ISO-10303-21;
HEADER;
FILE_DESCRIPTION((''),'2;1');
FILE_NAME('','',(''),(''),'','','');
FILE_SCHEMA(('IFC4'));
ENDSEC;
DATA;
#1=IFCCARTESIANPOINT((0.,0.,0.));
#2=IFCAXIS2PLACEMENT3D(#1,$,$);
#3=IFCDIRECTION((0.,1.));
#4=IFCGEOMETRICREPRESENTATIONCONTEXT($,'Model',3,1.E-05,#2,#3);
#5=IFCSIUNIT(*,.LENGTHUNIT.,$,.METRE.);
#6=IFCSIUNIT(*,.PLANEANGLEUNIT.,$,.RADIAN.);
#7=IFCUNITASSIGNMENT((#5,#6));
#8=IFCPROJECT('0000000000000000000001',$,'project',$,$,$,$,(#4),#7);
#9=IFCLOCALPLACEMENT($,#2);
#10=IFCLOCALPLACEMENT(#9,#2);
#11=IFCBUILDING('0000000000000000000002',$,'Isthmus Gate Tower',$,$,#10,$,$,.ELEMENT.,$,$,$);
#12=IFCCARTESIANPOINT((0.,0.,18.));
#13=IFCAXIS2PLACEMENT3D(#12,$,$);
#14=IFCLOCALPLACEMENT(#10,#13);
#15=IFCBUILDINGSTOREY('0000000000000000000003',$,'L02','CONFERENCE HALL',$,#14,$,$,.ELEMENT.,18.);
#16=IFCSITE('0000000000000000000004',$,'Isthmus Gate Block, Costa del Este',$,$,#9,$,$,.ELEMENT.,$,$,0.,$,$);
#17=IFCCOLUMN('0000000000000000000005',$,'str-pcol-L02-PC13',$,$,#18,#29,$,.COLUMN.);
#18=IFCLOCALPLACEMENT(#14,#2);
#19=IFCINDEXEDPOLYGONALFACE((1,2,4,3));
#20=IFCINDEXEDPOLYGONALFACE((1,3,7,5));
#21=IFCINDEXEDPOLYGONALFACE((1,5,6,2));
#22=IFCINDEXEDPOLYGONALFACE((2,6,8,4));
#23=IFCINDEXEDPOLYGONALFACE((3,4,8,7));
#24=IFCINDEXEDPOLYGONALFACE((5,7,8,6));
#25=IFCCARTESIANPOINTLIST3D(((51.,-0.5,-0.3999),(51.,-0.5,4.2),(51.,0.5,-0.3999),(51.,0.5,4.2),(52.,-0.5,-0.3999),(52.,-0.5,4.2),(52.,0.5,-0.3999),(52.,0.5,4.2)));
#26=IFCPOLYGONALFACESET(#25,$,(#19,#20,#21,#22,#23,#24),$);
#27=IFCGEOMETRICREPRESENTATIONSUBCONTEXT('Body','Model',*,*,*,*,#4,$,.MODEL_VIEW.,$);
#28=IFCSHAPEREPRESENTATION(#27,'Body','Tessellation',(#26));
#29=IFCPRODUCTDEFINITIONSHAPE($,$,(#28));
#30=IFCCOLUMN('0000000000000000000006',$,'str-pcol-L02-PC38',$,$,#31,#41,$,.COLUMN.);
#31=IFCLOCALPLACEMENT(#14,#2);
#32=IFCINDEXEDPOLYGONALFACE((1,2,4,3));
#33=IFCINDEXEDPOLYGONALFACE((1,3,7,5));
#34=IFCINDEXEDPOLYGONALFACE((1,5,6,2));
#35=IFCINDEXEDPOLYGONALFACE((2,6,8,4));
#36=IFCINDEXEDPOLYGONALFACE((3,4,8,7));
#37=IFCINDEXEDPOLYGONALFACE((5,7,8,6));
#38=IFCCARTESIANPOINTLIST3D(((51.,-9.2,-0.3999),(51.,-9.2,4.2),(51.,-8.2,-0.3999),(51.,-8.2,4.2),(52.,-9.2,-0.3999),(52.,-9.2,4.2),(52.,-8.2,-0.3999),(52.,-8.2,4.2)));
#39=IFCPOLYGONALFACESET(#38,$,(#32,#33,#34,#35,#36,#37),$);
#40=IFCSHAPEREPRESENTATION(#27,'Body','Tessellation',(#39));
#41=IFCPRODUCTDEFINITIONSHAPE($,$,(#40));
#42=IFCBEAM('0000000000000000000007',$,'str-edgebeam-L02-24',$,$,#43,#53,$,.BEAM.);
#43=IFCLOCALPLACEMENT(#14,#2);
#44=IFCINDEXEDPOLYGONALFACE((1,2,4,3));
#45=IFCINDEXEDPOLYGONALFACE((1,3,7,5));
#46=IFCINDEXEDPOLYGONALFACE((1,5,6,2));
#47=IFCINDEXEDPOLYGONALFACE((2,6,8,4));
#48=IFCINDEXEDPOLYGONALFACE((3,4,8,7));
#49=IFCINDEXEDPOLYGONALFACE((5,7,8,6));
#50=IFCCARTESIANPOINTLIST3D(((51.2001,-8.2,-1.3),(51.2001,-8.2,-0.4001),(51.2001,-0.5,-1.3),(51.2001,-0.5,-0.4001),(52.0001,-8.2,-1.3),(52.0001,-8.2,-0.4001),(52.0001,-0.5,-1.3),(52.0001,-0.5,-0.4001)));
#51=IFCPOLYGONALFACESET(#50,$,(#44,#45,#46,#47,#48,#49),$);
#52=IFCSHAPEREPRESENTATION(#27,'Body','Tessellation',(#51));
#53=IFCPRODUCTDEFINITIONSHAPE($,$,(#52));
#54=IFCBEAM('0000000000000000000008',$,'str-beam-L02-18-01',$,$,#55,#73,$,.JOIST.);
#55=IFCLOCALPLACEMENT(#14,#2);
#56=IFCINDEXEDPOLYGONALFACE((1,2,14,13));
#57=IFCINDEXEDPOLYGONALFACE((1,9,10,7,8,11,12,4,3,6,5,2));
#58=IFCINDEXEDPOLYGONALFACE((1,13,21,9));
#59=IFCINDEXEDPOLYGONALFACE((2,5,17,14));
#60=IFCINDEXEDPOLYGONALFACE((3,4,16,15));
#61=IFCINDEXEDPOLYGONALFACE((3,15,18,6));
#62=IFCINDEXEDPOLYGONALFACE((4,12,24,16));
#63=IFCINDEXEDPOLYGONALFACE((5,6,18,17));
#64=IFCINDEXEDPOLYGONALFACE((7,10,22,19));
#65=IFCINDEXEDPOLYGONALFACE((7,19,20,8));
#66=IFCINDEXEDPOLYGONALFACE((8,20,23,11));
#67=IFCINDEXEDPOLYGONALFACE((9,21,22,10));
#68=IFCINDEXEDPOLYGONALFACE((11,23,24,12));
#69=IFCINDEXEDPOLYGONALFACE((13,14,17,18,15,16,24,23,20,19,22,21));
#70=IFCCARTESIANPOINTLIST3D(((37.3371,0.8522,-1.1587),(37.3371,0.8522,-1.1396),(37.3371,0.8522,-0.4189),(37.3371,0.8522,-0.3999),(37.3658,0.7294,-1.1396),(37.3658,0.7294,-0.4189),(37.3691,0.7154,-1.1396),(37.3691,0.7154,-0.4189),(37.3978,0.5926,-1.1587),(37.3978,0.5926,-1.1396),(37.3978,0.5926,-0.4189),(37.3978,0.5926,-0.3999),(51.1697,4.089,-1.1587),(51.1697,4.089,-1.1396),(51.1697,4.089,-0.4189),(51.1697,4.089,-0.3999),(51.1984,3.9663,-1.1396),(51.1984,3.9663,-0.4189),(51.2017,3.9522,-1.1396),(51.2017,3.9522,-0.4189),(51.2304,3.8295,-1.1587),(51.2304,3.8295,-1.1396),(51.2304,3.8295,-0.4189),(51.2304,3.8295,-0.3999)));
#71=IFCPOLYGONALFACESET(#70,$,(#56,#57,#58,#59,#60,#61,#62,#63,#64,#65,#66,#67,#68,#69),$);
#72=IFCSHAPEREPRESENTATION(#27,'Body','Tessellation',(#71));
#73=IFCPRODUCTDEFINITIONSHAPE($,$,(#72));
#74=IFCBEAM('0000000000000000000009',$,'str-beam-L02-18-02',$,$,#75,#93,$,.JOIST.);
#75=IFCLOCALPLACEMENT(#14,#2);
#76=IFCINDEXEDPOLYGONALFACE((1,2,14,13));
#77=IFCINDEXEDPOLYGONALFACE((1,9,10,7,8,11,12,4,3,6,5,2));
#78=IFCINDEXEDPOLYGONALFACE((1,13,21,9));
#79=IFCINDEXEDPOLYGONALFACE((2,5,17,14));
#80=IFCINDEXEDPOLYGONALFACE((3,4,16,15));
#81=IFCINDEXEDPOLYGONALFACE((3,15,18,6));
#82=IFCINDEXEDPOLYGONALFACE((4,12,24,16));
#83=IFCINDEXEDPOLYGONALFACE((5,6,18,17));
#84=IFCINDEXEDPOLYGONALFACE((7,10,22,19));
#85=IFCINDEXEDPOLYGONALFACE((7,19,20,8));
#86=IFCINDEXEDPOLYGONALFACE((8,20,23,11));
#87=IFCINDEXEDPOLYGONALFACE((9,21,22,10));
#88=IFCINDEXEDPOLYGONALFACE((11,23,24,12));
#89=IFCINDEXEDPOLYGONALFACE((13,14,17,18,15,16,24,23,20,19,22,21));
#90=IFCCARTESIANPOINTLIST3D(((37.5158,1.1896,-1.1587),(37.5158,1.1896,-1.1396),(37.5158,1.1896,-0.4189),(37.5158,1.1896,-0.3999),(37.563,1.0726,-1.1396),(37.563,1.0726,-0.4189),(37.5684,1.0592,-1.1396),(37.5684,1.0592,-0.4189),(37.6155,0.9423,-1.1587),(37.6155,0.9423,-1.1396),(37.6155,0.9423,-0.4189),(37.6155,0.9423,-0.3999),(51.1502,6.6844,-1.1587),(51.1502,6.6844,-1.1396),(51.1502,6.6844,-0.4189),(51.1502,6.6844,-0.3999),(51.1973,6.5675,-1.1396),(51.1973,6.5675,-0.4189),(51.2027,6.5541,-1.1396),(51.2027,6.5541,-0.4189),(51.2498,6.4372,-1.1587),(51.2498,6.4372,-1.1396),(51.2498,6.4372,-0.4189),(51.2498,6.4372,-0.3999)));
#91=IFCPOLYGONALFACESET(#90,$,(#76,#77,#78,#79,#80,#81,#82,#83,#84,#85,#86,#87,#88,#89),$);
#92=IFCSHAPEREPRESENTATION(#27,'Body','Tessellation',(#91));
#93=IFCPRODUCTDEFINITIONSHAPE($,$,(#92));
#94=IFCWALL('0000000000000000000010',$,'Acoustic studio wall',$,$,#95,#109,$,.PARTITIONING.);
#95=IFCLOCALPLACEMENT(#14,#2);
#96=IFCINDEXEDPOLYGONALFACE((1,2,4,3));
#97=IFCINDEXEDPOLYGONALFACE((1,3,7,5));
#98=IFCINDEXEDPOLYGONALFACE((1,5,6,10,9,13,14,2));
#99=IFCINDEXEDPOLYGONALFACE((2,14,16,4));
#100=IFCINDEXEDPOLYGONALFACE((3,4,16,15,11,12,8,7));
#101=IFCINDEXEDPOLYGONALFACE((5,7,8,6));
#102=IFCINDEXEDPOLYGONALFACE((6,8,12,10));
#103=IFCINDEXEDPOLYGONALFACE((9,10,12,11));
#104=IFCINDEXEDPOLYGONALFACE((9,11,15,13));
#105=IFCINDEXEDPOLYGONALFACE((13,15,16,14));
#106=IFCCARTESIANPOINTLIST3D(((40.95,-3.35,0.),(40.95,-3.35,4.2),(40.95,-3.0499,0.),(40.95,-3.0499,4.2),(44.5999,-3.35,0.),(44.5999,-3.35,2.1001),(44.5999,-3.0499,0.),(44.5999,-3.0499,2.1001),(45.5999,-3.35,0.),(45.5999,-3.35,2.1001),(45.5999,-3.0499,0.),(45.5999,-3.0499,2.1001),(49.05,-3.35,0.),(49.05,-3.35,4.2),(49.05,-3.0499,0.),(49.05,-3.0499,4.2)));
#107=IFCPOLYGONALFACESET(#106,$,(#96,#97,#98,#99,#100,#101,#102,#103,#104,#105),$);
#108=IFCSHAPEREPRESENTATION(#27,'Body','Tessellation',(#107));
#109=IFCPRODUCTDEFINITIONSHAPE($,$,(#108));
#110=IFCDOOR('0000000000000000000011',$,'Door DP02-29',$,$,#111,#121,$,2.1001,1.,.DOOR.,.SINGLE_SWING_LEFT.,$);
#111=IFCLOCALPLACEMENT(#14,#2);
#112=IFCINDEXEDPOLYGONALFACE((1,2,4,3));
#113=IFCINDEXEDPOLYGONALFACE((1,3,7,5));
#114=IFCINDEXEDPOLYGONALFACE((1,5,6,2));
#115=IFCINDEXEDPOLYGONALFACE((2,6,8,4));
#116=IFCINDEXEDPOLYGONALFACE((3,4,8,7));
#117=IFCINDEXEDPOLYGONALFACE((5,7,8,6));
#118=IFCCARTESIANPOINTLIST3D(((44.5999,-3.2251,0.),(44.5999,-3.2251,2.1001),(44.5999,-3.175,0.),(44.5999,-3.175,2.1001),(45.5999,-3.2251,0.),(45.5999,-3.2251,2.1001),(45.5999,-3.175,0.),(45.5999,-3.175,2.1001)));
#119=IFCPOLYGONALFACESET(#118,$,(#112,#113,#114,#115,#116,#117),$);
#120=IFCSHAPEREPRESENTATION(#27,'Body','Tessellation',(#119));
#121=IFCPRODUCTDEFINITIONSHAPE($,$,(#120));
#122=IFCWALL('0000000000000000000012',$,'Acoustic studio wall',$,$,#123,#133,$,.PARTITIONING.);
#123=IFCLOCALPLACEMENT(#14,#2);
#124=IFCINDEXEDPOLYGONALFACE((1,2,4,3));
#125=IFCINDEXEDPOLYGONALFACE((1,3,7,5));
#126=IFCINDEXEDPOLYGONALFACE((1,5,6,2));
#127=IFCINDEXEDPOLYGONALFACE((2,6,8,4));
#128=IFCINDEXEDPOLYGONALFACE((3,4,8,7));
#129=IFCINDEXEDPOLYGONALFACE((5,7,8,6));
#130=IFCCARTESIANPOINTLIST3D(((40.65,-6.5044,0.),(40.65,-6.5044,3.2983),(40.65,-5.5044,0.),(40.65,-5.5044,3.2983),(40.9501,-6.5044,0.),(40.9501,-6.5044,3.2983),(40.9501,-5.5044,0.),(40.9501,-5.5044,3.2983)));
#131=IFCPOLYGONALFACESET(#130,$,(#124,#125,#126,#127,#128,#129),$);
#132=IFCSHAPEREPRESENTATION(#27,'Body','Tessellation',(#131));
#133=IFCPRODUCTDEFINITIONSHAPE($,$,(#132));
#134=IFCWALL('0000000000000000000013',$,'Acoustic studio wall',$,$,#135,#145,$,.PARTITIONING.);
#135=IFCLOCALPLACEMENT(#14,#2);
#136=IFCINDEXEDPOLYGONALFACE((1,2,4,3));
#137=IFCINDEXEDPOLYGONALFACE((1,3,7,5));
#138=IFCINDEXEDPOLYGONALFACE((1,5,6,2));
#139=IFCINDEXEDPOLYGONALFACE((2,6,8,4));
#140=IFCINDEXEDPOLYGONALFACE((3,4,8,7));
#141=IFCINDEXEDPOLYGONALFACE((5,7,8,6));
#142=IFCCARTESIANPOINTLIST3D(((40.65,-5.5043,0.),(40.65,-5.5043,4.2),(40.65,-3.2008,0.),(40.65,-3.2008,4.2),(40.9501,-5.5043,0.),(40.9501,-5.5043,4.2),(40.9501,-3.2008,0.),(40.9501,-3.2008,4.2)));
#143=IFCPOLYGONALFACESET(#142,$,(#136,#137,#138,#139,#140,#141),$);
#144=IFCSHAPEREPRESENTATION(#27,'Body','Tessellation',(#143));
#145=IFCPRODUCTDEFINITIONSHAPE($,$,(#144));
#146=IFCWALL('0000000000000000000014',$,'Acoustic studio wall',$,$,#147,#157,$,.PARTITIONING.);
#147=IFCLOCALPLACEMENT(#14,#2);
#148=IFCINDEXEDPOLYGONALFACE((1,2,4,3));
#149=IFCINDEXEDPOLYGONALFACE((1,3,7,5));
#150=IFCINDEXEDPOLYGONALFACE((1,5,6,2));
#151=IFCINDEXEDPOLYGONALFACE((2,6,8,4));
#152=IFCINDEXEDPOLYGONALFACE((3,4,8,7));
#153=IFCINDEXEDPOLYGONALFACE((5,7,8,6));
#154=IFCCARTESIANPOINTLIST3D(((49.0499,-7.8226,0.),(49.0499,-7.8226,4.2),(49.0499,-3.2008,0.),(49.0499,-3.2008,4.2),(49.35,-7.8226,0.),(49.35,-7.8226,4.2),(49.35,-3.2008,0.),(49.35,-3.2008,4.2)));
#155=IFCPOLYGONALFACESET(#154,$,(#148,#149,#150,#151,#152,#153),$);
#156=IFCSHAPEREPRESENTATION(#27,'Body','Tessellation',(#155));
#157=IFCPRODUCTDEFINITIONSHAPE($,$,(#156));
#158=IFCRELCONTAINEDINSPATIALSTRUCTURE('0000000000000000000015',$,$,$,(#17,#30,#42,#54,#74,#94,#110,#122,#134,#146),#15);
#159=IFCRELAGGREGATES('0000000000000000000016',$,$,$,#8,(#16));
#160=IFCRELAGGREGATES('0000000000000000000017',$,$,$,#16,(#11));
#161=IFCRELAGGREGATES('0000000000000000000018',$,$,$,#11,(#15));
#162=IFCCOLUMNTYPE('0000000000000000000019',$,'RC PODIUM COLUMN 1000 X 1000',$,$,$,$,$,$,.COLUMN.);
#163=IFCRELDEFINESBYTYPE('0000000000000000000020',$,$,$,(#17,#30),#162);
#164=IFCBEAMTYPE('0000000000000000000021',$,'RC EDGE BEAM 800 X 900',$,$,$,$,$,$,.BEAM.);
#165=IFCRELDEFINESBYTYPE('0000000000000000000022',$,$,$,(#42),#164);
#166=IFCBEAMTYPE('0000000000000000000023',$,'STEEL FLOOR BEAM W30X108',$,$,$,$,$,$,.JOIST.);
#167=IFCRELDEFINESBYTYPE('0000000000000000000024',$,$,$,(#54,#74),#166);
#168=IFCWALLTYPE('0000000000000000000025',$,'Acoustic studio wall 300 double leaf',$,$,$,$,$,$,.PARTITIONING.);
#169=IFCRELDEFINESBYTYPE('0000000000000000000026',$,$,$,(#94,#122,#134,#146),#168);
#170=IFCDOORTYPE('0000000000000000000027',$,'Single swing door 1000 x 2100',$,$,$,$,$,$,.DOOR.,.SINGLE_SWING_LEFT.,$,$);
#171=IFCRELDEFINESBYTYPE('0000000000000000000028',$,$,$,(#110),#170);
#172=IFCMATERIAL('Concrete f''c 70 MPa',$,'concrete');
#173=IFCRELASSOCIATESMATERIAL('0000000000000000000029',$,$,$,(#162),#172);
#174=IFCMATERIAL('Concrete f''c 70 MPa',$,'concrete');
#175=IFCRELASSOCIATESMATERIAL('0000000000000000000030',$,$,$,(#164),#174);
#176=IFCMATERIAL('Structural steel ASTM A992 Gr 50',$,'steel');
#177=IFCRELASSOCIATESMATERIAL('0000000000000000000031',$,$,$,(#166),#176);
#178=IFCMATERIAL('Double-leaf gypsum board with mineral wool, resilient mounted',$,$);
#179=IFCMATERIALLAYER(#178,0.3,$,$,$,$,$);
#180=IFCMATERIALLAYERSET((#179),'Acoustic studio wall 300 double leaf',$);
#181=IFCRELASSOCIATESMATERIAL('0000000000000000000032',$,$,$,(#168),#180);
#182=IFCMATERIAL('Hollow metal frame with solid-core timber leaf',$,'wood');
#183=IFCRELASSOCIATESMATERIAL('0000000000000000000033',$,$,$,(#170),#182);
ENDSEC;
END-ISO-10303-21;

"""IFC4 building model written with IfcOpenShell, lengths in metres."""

from ifc_helpers import new_model, si_unit, direction, frame, frame_2d, origin, origin_2d, place, context, subcontext, project, spatial, rectangle, i_section, extrude, material, layer, layer_set, material_profile, profile_set, type_object, element, fill, save


model = new_model("IFC4")

# Units and contexts
model_context = context("Model", 3, precision=1e-05, world=origin(), true_north=direction((0.0, 1.0)))
body_context = subcontext(model_context, "Body", "Model", "MODEL_VIEW")
ifc_project = project(units=[si_unit("LENGTHUNIT", "METRE"), si_unit("PLANEANGLEUNIT", "RADIAN")], contexts=[model_context])

# Site, building, storey
site_placement = place(None, origin())
site = spatial("IfcSite", under=ifc_project, at=site_placement, Name="Isthmus Gate Block, Costa del Este", CompositionType="ELEMENT", RefElevation=0.0)
building_placement = place(site_placement, origin())
building = spatial("IfcBuilding", under=site, at=building_placement, Name="Isthmus Gate Tower", CompositionType="ELEMENT")
storey_placement = place(building_placement, frame((0.0, 0.0, 18.0)))
storey = spatial("IfcBuildingStorey", under=building, at=storey_placement, Name="L02", Description="CONFERENCE HALL", CompositionType="ELEMENT", Elevation=18.0)

# Columns
ifc_material_1 = material(Name="Concrete f'c 70 MPa", Category="concrete")
ifc_material_profile_1 = material_profile(ifc_material_1, rectangle(XDim=1.0, YDim=1.0, at=origin_2d()), Name="RC 1000X1000")
ifc_profile_set_1 = profile_set([ifc_material_profile_1], Name="Concrete f'c 70 MPa")
column_type = type_object("IfcColumnType", Name="RC PODIUM COLUMN 1000 X 1000", PredefinedType="COLUMN", material=ifc_profile_set_1)
for number, where, z_axis, x_axis, name in (
    (1, (51.5, 0.0, -0.3999), (0.0, 0.0, 1.0), (0.0, 1.0, 0.0), "str-pcol-L02-PC13"),
    (2, (51.5, -8.7, -0.3999), (0.0, 0.0, 1.0), (0.0, 1.0, 0.0), "str-pcol-L02-PC38"),
):
    element("IfcColumn", number, at=place(storey_placement, frame(where, z_axis=z_axis, x_axis=x_axis)), inside=storey, type_object=column_type, Name=name, PredefinedType="COLUMN", context=body_context, shape_type="SweptSolid", body=[
        extrude(rectangle(XDim=1.0, YDim=1.0, at=origin_2d()), origin(), (0.0, 0.0, 1.0), 4.5999),
    ])

# Beams
ifc_material_2 = material(Name="Concrete f'c 70 MPa", Category="concrete")
ifc_material_profile_2 = material_profile(ifc_material_2, rectangle(XDim=0.8, YDim=0.8999, at=origin_2d()), Name="RC 800X900")
ifc_profile_set_2 = profile_set([ifc_material_profile_2], Name="Concrete f'c 70 MPa")
beam_type_1 = type_object("IfcBeamType", Name="RC EDGE BEAM 800 X 900", PredefinedType="BEAM", material=ifc_profile_set_2)
beam_1_placement = place(storey_placement, frame((51.6001, -0.5, -0.8501), z_axis=(0.0, -1.0, 0.0), x_axis=(1.0, 0.0, 0.0)))
element("IfcBeam", 3, at=beam_1_placement, inside=storey, type_object=beam_type_1, Name="str-edgebeam-L02-24", PredefinedType="BEAM", context=body_context, shape_type="SweptSolid", body=[
    extrude(rectangle(XDim=0.8, YDim=0.8999, at=origin_2d()), origin(), (0.0, 0.0, 1.0), 7.7),
])
ifc_material_3 = material(Name="Structural steel ASTM A992 Gr 50", Category="steel")
ifc_material_profile_3 = material_profile(ifc_material_3, i_section(OverallWidth=0.2666, OverallDepth=0.7588, WebThickness=0.0144, FlangeThickness=0.019, at=origin_2d()), Name="W30X108")
ifc_profile_set_3 = profile_set([ifc_material_profile_3], Name="Structural steel ASTM A992 Gr 50")
beam_type_2 = type_object("IfcBeamType", Name="STEEL FLOOR BEAM W30X108", PredefinedType="JOIST", material=ifc_profile_set_3)
beam_2_placement = place(storey_placement, frame((37.3674, 0.7224, -0.7793), z_axis=(0.973697, 0.227846, 0.0), x_axis=(-0.227846, 0.973697, 0.0)))
element("IfcBeam", 4, at=beam_2_placement, inside=storey, type_object=beam_type_2, Name="str-beam-L02-18-01", PredefinedType="JOIST", context=body_context, shape_type="SweptSolid", body=[
    extrude(i_section(OverallWidth=0.2666, OverallDepth=0.7588, WebThickness=0.0144, FlangeThickness=0.019, at=origin_2d()), origin(), (0.0, 0.0, 1.0), 14.2063),
])
beam_3_placement = place(storey_placement, frame((37.5657, 1.0659, -0.7793), z_axis=(0.927508, 0.373803, 0.0), x_axis=(-0.373803, 0.927508, 0.0)))
element("IfcBeam", 5, at=beam_3_placement, inside=storey, type_object=beam_type_2, Name="str-beam-L02-18-02", PredefinedType="JOIST", context=body_context, shape_type="SweptSolid", body=[
    extrude(i_section(OverallWidth=0.2666, OverallDepth=0.7588, WebThickness=0.0144, FlangeThickness=0.019, at=origin_2d()), origin(), (0.0, 0.0, 1.0), 14.7),
])

# Wall, opening, door
ifc_material_4 = material(Name="Double-leaf gypsum board with mineral wool, resilient mounted")
ifc_layer_1 = layer(ifc_material_4, 0.3)
ifc_layer_set_1 = layer_set([ifc_layer_1], Name="Acoustic studio wall 300 double leaf")
wall_type_1 = type_object("IfcWallType", Name="Acoustic studio wall 300 double leaf", PredefinedType="PARTITIONING", material=ifc_layer_set_1)
wall_1_placement = place(storey_placement, frame((40.95, -3.2, 0.0), z_axis=(0.0, 0.0, 1.0), x_axis=(1.0, 0.0, 0.0)))
wall_1 = element("IfcWall", 6, at=wall_1_placement, inside=storey, type_object=wall_type_1, Name="Acoustic studio wall", PredefinedType="PARTITIONING", context=body_context, shape_type="SweptSolid", body=[
    extrude(rectangle(XDim=8.1001, YDim=0.3, at=frame_2d((4.05, 0.0))), origin(), (0.0, 0.0, 1.0), 4.2),
])
opening_1_placement = place(wall_1_placement, frame((3.6499, 0.0, 0.0)))
opening_1 = element("IfcOpeningElement", 7, at=opening_1_placement, cuts=wall_1, PredefinedType="OPENING", context=body_context, shape_type="SweptSolid", body=[
    extrude(rectangle(XDim=1.0, YDim=2.1001, at=frame_2d((0.5, 1.05))), frame((0.0, 0.1599, 0.0), z_axis=(0.0, -1.0, 0.0), x_axis=(1.0, 0.0, 0.0)), (0.0, 0.0, 1.0), 0.3201),
])
ifc_material_5 = material(Name="Hollow metal frame with solid-core timber leaf", Category="wood")
door_type_1 = type_object("IfcDoorType", Name="Single swing door 1000 x 2100", OperationType="SINGLE_SWING_LEFT", PredefinedType="DOOR", material=ifc_material_5)
door_1_placement = place(opening_1_placement, origin())
door_1 = element("IfcDoor", 8, at=door_1_placement, inside=storey, type_object=door_type_1, Name="Door DP02-29", OperationType="SINGLE_SWING_LEFT", OverallHeight=2.1001, OverallWidth=1.0, PredefinedType="DOOR", context=body_context, shape_type="SweptSolid", body=[
    extrude(rectangle(XDim=1.0, YDim=2.1001, at=frame_2d((0.5, 1.05))), frame((0.0, 0.0249, 0.0), z_axis=(0.0, -1.0, 0.0), x_axis=(1.0, 0.0, 0.0)), (0.0, 0.0, 1.0), 0.05),
])
fill(opening_1, door_1)

# Walls
wall_2_placement = place(storey_placement, frame((40.8, -6.5044, 0.0), z_axis=(0.0, 0.0, 1.0), x_axis=(0.0, 1.0, 0.0)))
element("IfcWall", 9, at=wall_2_placement, inside=storey, type_object=wall_type_1, Name="Acoustic studio wall", PredefinedType="PARTITIONING", context=body_context, shape_type="SweptSolid", body=[
    extrude(rectangle(XDim=1.0, YDim=0.3, at=frame_2d((0.5, 0.0))), origin(), (0.0, 0.0, 1.0), 3.2983),
])
wall_3_placement = place(storey_placement, frame((40.8, -5.5044, 0.0), z_axis=(0.0, 0.0, 1.0), x_axis=(0.0, 1.0, 0.0)))
element("IfcWall", 10, at=wall_3_placement, inside=storey, type_object=wall_type_1, Name="Acoustic studio wall", PredefinedType="PARTITIONING", context=body_context, shape_type="SweptSolid", body=[
    extrude(rectangle(XDim=2.3035, YDim=0.3, at=frame_2d((1.1519, 0.0))), origin(), (0.0, 0.0, 1.0), 4.2),
])
wall_4_placement = place(storey_placement, frame((49.2, -7.8228, 0.0), z_axis=(0.0, 0.0, 1.0), x_axis=(0.0, 1.0, 0.0)))
element("IfcWall", 11, at=wall_4_placement, inside=storey, type_object=wall_type_1, Name="Acoustic studio wall", PredefinedType="PARTITIONING", context=body_context, shape_type="SweptSolid", body=[
    extrude(rectangle(XDim=4.6218, YDim=0.3, at=frame_2d((2.311, 0.0))), origin(), (0.0, 0.0, 1.0), 4.2),
])

save(model, "model.ifc")
